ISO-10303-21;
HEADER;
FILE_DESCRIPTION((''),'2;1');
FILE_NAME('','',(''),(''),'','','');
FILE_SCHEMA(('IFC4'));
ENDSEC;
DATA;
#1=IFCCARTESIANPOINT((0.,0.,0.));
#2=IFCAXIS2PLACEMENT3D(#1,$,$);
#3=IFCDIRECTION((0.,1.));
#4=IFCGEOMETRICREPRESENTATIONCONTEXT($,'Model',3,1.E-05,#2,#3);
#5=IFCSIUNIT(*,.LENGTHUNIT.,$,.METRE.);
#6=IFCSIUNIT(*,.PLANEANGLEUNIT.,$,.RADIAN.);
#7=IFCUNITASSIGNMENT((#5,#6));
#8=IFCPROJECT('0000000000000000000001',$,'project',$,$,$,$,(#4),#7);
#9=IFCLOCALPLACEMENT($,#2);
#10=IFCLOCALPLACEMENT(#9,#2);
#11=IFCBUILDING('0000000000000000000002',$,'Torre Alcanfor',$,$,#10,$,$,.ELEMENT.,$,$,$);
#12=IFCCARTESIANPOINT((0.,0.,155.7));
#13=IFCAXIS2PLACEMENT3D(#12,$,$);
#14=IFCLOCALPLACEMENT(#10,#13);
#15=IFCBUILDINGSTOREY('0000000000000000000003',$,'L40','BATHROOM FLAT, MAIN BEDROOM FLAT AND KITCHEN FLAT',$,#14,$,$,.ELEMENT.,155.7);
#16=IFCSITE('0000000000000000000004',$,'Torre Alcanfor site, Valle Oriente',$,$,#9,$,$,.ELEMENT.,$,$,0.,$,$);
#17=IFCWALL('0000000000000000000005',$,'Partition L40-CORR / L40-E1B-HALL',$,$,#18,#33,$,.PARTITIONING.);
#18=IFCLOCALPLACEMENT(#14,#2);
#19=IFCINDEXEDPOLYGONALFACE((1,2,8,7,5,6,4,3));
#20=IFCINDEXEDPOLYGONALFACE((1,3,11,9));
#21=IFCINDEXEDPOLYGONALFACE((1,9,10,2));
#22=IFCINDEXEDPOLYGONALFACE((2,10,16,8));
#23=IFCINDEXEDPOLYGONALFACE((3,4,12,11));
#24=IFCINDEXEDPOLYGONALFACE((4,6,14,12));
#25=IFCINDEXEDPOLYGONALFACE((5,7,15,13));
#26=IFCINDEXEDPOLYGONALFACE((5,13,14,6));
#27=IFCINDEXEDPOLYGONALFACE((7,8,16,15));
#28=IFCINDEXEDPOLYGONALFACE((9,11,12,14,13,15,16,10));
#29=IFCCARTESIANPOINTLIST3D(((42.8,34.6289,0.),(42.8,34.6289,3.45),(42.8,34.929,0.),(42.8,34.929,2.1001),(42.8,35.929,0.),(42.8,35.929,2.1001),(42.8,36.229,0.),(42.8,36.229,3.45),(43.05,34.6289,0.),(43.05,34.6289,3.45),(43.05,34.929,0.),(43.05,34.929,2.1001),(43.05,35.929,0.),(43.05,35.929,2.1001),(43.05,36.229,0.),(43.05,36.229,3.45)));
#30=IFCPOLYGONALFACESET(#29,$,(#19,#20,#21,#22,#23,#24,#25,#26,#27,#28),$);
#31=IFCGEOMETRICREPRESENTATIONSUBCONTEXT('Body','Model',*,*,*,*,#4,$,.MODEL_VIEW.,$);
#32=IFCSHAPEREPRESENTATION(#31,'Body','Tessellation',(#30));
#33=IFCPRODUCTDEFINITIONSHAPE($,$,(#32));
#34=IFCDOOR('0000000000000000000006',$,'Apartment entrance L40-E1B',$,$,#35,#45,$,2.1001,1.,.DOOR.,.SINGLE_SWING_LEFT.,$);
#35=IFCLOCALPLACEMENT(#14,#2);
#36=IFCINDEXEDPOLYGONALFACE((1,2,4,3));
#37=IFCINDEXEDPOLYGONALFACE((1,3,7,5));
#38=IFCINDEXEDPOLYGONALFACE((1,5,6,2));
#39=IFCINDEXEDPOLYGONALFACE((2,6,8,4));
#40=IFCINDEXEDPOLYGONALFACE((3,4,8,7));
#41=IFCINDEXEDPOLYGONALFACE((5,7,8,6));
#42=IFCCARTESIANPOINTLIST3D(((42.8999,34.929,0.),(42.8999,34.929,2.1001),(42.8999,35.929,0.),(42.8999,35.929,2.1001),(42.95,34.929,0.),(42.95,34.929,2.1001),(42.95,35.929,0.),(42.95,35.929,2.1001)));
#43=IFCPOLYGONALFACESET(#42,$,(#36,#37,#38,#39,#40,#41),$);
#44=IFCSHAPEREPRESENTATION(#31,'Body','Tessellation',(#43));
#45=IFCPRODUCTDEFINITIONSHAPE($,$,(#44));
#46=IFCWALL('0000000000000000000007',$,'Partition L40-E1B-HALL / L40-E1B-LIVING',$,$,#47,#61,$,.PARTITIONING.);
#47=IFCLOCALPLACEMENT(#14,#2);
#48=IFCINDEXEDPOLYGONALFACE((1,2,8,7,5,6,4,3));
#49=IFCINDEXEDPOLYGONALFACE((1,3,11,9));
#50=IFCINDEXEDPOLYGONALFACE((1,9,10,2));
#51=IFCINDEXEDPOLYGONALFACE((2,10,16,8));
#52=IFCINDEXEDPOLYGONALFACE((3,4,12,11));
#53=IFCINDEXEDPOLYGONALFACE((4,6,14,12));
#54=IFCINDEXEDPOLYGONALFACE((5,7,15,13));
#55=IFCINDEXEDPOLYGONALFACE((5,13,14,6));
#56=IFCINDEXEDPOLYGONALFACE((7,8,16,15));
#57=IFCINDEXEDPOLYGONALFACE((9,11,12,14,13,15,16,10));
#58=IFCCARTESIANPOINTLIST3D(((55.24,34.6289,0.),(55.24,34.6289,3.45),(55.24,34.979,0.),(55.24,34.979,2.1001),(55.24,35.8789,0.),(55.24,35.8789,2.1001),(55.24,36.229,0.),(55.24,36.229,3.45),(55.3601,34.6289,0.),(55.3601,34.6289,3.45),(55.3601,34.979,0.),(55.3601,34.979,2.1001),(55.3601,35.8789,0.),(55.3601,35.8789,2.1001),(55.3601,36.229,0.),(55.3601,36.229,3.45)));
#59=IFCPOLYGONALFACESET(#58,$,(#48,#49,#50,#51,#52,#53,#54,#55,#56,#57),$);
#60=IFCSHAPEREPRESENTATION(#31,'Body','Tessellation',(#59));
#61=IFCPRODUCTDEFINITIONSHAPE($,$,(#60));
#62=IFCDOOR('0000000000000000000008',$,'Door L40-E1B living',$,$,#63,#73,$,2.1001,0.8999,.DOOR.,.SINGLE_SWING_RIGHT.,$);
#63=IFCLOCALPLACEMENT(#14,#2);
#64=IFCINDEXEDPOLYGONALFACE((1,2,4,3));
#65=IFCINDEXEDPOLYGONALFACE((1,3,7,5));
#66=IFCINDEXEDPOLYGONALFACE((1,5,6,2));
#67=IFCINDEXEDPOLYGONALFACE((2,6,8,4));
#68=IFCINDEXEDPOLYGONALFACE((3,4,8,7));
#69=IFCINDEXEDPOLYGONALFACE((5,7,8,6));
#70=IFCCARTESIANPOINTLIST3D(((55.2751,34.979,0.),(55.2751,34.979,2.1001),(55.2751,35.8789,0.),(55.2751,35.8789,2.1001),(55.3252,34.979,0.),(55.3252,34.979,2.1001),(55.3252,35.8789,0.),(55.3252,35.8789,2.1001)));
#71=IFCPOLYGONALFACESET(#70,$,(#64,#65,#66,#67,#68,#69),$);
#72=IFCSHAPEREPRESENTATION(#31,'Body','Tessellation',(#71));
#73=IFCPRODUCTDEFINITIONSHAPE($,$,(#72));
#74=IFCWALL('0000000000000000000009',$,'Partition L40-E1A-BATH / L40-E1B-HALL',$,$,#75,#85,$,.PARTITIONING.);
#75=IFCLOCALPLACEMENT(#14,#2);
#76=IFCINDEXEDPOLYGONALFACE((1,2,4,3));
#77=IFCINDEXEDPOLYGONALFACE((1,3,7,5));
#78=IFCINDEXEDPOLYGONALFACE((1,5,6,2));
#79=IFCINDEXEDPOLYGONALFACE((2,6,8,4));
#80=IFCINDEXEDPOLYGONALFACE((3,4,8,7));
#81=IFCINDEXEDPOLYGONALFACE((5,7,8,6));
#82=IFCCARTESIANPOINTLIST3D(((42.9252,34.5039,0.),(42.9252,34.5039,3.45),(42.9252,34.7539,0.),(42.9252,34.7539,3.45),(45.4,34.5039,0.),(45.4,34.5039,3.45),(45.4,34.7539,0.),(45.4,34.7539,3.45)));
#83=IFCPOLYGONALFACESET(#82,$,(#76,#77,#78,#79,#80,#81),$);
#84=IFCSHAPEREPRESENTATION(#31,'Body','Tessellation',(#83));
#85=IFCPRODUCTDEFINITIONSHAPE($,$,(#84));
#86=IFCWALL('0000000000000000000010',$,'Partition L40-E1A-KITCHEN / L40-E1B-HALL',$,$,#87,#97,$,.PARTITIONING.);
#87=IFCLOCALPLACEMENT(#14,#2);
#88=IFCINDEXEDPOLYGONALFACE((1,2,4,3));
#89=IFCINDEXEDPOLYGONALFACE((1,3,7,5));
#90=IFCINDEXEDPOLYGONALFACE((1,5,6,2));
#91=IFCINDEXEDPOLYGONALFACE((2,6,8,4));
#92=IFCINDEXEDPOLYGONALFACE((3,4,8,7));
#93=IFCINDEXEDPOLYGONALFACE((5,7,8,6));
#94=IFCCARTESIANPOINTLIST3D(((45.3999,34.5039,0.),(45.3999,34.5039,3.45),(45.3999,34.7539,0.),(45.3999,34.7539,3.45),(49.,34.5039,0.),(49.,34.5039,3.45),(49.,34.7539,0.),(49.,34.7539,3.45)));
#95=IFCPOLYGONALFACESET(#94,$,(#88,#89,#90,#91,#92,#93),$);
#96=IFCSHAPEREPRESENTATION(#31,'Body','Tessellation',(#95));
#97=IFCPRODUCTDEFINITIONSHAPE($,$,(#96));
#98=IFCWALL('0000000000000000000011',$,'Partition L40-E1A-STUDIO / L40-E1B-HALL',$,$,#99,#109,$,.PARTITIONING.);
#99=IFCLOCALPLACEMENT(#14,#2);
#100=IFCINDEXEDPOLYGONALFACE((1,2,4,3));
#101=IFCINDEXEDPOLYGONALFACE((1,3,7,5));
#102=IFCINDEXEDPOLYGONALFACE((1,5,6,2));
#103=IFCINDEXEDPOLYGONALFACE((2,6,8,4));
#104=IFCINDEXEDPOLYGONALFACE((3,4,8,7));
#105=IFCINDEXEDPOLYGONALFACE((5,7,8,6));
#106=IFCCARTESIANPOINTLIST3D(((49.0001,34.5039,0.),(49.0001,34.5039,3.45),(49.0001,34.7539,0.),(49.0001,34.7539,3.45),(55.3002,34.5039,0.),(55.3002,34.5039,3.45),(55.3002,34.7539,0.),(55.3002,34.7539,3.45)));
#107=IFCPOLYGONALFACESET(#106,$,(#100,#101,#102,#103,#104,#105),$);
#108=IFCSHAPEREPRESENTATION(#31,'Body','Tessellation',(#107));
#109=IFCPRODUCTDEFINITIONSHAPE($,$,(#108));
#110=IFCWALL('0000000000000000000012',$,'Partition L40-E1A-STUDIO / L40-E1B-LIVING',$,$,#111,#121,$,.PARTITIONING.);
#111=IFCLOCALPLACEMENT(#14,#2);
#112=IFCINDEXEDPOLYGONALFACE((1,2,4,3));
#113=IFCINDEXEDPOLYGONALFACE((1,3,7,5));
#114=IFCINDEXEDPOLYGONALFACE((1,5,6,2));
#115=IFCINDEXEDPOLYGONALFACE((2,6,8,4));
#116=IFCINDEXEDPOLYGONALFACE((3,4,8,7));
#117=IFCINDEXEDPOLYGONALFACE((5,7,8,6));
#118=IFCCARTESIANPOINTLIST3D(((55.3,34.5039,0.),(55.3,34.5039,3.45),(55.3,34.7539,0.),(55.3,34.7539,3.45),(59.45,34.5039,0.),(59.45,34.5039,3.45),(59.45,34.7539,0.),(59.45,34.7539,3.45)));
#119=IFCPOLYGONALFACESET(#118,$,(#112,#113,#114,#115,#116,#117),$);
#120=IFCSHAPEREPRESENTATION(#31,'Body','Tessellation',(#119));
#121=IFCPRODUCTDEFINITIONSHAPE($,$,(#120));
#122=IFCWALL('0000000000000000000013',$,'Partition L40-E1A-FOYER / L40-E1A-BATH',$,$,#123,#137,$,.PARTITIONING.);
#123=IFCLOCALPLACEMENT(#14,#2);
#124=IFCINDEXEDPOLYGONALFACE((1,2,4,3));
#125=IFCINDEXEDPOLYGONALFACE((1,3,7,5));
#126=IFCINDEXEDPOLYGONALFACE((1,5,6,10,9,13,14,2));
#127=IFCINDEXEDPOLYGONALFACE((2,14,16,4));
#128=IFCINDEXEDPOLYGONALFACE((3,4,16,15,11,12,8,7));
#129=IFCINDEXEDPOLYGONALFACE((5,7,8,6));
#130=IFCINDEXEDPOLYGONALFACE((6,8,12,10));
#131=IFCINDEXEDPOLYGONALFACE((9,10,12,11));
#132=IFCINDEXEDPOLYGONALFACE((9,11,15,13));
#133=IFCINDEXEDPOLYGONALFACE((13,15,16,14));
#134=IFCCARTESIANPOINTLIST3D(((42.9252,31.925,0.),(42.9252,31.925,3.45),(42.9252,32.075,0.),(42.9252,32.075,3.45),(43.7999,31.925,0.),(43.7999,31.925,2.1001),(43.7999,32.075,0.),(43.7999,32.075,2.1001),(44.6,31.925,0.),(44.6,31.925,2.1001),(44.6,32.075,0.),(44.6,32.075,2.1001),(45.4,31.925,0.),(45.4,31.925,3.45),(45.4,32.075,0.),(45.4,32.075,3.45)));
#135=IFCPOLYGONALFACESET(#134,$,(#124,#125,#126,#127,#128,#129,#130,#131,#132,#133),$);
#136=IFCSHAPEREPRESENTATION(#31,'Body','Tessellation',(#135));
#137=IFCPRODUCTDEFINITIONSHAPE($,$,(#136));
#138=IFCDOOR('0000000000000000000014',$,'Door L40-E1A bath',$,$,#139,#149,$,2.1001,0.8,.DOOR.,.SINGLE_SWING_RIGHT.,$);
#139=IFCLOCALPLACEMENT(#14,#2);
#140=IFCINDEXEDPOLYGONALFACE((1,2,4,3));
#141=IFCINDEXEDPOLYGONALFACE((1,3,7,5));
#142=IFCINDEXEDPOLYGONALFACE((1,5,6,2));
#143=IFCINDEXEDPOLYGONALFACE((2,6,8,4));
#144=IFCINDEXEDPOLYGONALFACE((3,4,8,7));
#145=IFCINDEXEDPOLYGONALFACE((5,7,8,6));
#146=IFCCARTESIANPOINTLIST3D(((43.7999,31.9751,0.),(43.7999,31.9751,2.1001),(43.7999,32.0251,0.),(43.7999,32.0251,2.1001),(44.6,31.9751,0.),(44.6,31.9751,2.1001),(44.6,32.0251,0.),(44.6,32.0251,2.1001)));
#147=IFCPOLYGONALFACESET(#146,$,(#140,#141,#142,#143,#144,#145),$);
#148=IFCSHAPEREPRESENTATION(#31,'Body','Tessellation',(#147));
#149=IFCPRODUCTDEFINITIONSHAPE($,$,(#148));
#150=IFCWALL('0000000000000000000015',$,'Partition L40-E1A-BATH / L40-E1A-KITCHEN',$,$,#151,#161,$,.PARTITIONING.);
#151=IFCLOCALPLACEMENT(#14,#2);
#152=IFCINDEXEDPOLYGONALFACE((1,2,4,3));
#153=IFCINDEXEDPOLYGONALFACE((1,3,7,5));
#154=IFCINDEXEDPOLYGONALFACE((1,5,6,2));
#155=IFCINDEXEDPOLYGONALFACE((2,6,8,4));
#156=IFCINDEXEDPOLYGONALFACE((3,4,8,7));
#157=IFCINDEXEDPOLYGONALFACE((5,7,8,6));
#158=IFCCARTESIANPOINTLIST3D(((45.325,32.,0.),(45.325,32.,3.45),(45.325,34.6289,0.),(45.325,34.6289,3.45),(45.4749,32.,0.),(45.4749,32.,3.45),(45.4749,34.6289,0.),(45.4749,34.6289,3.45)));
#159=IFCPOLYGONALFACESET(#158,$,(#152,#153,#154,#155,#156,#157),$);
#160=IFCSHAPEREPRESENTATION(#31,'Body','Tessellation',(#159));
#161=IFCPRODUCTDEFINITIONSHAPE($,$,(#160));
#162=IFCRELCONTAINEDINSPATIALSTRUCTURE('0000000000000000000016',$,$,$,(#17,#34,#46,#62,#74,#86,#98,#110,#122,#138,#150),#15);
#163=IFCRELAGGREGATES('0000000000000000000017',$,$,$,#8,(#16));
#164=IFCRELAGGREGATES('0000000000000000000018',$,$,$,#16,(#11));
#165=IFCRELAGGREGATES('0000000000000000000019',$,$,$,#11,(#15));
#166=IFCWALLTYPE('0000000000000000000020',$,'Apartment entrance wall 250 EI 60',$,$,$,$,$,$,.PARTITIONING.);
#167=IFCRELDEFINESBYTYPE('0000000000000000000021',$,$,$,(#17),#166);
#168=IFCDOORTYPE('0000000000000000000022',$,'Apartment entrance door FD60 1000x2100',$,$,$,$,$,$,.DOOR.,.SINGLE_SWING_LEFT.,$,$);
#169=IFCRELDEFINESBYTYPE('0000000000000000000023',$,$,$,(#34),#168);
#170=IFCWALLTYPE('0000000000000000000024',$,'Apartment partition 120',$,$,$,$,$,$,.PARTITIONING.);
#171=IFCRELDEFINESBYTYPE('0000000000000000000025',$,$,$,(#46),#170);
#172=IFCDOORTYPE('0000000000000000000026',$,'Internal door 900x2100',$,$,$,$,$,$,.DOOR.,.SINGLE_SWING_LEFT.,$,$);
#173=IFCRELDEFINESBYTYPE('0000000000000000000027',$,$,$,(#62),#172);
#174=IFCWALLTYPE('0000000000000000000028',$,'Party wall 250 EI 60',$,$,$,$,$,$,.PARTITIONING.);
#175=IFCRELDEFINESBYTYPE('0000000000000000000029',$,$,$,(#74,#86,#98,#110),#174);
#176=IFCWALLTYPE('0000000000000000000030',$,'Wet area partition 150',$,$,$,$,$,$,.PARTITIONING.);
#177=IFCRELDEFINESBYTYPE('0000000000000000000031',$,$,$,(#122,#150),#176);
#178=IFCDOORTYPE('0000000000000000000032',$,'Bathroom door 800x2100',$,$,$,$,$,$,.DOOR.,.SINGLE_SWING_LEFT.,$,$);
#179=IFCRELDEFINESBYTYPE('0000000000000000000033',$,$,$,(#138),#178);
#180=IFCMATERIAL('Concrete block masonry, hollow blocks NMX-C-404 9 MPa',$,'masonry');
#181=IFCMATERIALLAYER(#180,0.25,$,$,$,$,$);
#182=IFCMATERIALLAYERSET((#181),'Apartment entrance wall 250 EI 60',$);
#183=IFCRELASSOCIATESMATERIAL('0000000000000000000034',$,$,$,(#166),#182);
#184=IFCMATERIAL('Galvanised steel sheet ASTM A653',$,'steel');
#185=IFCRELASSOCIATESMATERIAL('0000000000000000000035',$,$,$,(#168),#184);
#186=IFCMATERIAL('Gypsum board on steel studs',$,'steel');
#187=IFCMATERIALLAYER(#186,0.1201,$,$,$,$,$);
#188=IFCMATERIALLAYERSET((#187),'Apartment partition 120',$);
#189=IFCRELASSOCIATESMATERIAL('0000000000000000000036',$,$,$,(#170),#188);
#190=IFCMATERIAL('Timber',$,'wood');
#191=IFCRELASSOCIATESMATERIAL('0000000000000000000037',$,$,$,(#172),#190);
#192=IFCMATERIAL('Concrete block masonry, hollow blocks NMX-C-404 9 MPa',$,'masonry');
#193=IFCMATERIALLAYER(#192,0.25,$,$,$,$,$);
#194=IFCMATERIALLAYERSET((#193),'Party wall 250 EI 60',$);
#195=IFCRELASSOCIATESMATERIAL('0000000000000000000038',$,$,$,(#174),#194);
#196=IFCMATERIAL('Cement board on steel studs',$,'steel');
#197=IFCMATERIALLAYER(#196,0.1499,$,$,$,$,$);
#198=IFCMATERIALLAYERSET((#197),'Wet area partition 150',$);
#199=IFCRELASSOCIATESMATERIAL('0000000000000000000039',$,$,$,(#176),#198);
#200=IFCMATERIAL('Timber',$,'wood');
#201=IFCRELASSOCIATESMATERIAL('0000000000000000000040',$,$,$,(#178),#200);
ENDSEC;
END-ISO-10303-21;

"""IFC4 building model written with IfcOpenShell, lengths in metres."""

from ifc_helpers import new_model, si_unit, direction, frame, frame_2d, origin, place, context, subcontext, project, spatial, rectangle, extrude, material, layer, layer_set, type_object, element, fill, save


model = new_model("IFC4")

# Units and contexts
model_context = context("Model", 3, precision=1e-05, world=origin(), true_north=direction((0.0, 1.0)))
body_context = subcontext(model_context, "Body", "Model", "MODEL_VIEW")
ifc_project = project(units=[si_unit("LENGTHUNIT", "METRE"), si_unit("PLANEANGLEUNIT", "RADIAN")], contexts=[model_context])

# Site, building, storey
site_placement = place(None, origin())
site = spatial("IfcSite", under=ifc_project, at=site_placement, Name="Torre Alcanfor site, Valle Oriente", CompositionType="ELEMENT", RefElevation=0.0)
building_placement = place(site_placement, origin())
building = spatial("IfcBuilding", under=site, at=building_placement, Name="Torre Alcanfor", CompositionType="ELEMENT")
storey_placement = place(building_placement, frame((0.0, 0.0, 155.7)))
storey = spatial("IfcBuildingStorey", under=building, at=storey_placement, Name="L40", Description="BATHROOM FLAT, MAIN BEDROOM FLAT AND KITCHEN FLAT", CompositionType="ELEMENT", Elevation=155.7)

# Shared definitions
ifc_material_1 = material(Name="Concrete block masonry, hollow blocks NMX-C-404 9 MPa", Category="masonry")
ifc_layer_1 = layer(ifc_material_1, 0.25)
ifc_layer_set_1 = layer_set([ifc_layer_1], Name="Apartment entrance wall 250 EI 60")
wall_type_1 = type_object("IfcWallType", Name="Apartment entrance wall 250 EI 60", PredefinedType="PARTITIONING", material=ifc_layer_set_1)
ifc_material_2 = material(Name="Galvanised steel sheet ASTM A653", Category="steel")
door_type_1 = type_object("IfcDoorType", Name="Apartment entrance door FD60 1000x2100", OperationType="SINGLE_SWING_LEFT", PredefinedType="DOOR", material=ifc_material_2)

# Walls, openings, doors
wall_1_placement = place(storey_placement, frame((42.925, 36.229, 0.0), z_axis=(0.0, 0.0, 1.0), x_axis=(0.0, -1.0, 0.0)))
wall_1 = element("IfcWall", 1, at=wall_1_placement, inside=storey, type_object=wall_type_1, Name="Partition L40-CORR / L40-E1B-HALL", PredefinedType="PARTITIONING", context=body_context, shape_type="SweptSolid", body=[
    extrude(rectangle(XDim=1.6001, YDim=0.25, at=frame_2d((0.8, 0.0))), origin(), (0.0, 0.0, 1.0), 3.45),
])
opening_1_placement = place(wall_1_placement, frame((0.3, 0.0, 0.0)))
opening_1 = element("IfcOpeningElement", 2, at=opening_1_placement, cuts=wall_1, PredefinedType="OPENING", context=body_context, shape_type="SweptSolid", body=[
    extrude(rectangle(XDim=1.0, YDim=2.1001, at=frame_2d((0.5, 1.05))), frame((0.0, 0.135, 0.0), z_axis=(0.0, -1.0, 0.0), x_axis=(1.0, 0.0, 0.0)), (0.0, 0.0, 1.0), 0.27),
])
door_1_placement = place(opening_1_placement, origin())
door_1 = element("IfcDoor", 3, at=door_1_placement, inside=storey, type_object=door_type_1, Name="Apartment entrance L40-E1B", OperationType="SINGLE_SWING_LEFT", OverallHeight=2.1001, OverallWidth=1.0, PredefinedType="DOOR", context=body_context, shape_type="SweptSolid", body=[
    extrude(rectangle(XDim=1.0, YDim=2.1001, at=frame_2d((0.5, 1.05))), frame((0.0, 0.0249, 0.0), z_axis=(0.0, -1.0, 0.0), x_axis=(1.0, 0.0, 0.0)), (0.0, 0.0, 1.0), 0.05),
])
fill(opening_1, door_1)
ifc_material_3 = material(Name="Gypsum board on steel studs", Category="steel")
ifc_layer_2 = layer(ifc_material_3, 0.1201)
ifc_layer_set_2 = layer_set([ifc_layer_2], Name="Apartment partition 120")
wall_type_2 = type_object("IfcWallType", Name="Apartment partition 120", PredefinedType="PARTITIONING", material=ifc_layer_set_2)
wall_2_placement = place(storey_placement, frame((55.3, 34.6289, 0.0), z_axis=(0.0, 0.0, 1.0), x_axis=(0.0, 1.0, 0.0)))
wall_2 = element("IfcWall", 4, at=wall_2_placement, inside=storey, type_object=wall_type_2, Name="Partition L40-E1B-HALL / L40-E1B-LIVING", PredefinedType="PARTITIONING", context=body_context, shape_type="SweptSolid", body=[
    extrude(rectangle(XDim=1.6001, YDim=0.1201, at=frame_2d((0.8, 0.0))), origin(), (0.0, 0.0, 1.0), 3.45),
])
opening_2_placement = place(wall_2_placement, frame((0.3501, 0.0, 0.0)))
opening_2 = element("IfcOpeningElement", 5, at=opening_2_placement, cuts=wall_2, PredefinedType="OPENING", context=body_context, shape_type="SweptSolid", body=[
    extrude(rectangle(XDim=0.8999, YDim=2.1001, at=frame_2d((0.45, 1.05))), frame((0.0, 0.0701, 0.0), z_axis=(0.0, -1.0, 0.0), x_axis=(1.0, 0.0, 0.0)), (0.0, 0.0, 1.0), 0.1401),
])
ifc_material_4 = material(Name="Timber", Category="wood")
door_type_2 = type_object("IfcDoorType", Name="Internal door 900x2100", OperationType="SINGLE_SWING_LEFT", PredefinedType="DOOR", material=ifc_material_4)
door_2_placement = place(opening_2_placement, frame((0.8999, 0.0, 0.0), z_axis=(0.0, 0.0, 1.0), x_axis=(-1.0, 0.0, 0.0)))
door_2 = element("IfcDoor", 6, at=door_2_placement, inside=storey, type_object=door_type_2, Name="Door L40-E1B living", OperationType="SINGLE_SWING_RIGHT", OverallHeight=2.1001, OverallWidth=0.8999, PredefinedType="DOOR", context=body_context, shape_type="SweptSolid", body=[
    extrude(rectangle(XDim=0.8999, YDim=2.1001, at=frame_2d((0.45, 1.05))), frame((0.0, 0.0251, 0.0), z_axis=(0.0, -1.0, 0.0), x_axis=(1.0, 0.0, 0.0)), (0.0, 0.0, 1.0), 0.05),
])
fill(opening_2, door_2)

# Walls
ifc_material_5 = material(Name="Concrete block masonry, hollow blocks NMX-C-404 9 MPa", Category="masonry")
ifc_layer_3 = layer(ifc_material_5, 0.25)
ifc_layer_set_3 = layer_set([ifc_layer_3], Name="Party wall 250 EI 60")
wall_type_3 = type_object("IfcWallType", Name="Party wall 250 EI 60", PredefinedType="PARTITIONING", material=ifc_layer_set_3)
wall_3_placement = place(storey_placement, frame((45.3999, 34.6289, 0.0), z_axis=(0.0, 0.0, 1.0), x_axis=(-1.0, 0.0, 0.0)))
element("IfcWall", 7, at=wall_3_placement, inside=storey, type_object=wall_type_3, Name="Partition L40-E1A-BATH / L40-E1B-HALL", PredefinedType="PARTITIONING", context=body_context, shape_type="SweptSolid", body=[
    extrude(rectangle(XDim=2.4749, YDim=0.25, at=frame_2d((1.2373, 0.0))), origin(), (0.0, 0.0, 1.0), 3.45),
])
wall_4_placement = place(storey_placement, frame((49.0, 34.6289, 0.0), z_axis=(0.0, 0.0, 1.0), x_axis=(-1.0, 0.0, 0.0)))
element("IfcWall", 8, at=wall_4_placement, inside=storey, type_object=wall_type_3, Name="Partition L40-E1A-KITCHEN / L40-E1B-HALL", PredefinedType="PARTITIONING", context=body_context, shape_type="SweptSolid", body=[
    extrude(rectangle(XDim=3.6001, YDim=0.25, at=frame_2d((1.8, 0.0))), origin(), (0.0, 0.0, 1.0), 3.45),
])
wall_5_placement = place(storey_placement, frame((55.3, 34.6289, 0.0), z_axis=(0.0, 0.0, 1.0), x_axis=(-1.0, 0.0, 0.0)))
element("IfcWall", 9, at=wall_5_placement, inside=storey, type_object=wall_type_3, Name="Partition L40-E1A-STUDIO / L40-E1B-HALL", PredefinedType="PARTITIONING", context=body_context, shape_type="SweptSolid", body=[
    extrude(rectangle(XDim=6.3, YDim=0.25, at=frame_2d((3.1499, 0.0))), origin(), (0.0, 0.0, 1.0), 3.45),
])
wall_6_placement = place(storey_placement, frame((59.45, 34.6289, 0.0), z_axis=(0.0, 0.0, 1.0), x_axis=(-1.0, 0.0, 0.0)))
element("IfcWall", 10, at=wall_6_placement, inside=storey, type_object=wall_type_3, Name="Partition L40-E1A-STUDIO / L40-E1B-LIVING", PredefinedType="PARTITIONING", context=body_context, shape_type="SweptSolid", body=[
    extrude(rectangle(XDim=4.1499, YDim=0.25, at=frame_2d((2.075, 0.0))), origin(), (0.0, 0.0, 1.0), 3.45),
])

# Wall, opening, door
ifc_material_6 = material(Name="Cement board on steel studs", Category="steel")
ifc_layer_4 = layer(ifc_material_6, 0.1499)
ifc_layer_set_4 = layer_set([ifc_layer_4], Name="Wet area partition 150")
wall_type_4 = type_object("IfcWallType", Name="Wet area partition 150", PredefinedType="PARTITIONING", material=ifc_layer_set_4)
wall_7_placement = place(storey_placement, frame((45.3999, 32.0, 0.0), z_axis=(0.0, 0.0, 1.0), x_axis=(-1.0, 0.0, 0.0)))
wall_7 = element("IfcWall", 11, at=wall_7_placement, inside=storey, type_object=wall_type_4, Name="Partition L40-E1A-FOYER / L40-E1A-BATH", PredefinedType="PARTITIONING", context=body_context, shape_type="SweptSolid", body=[
    extrude(rectangle(XDim=2.4749, YDim=0.1499, at=frame_2d((1.2373, 0.0))), origin(), (0.0, 0.0, 1.0), 3.45),
])
opening_3_placement = place(wall_7_placement, frame((0.8, 0.0, 0.0)))
opening_3 = element("IfcOpeningElement", 12, at=opening_3_placement, cuts=wall_7, PredefinedType="OPENING", context=body_context, shape_type="SweptSolid", body=[
    extrude(rectangle(XDim=0.8, YDim=2.1001, at=frame_2d((0.3999, 1.05))), frame((0.0, 0.085, 0.0), z_axis=(0.0, -1.0, 0.0), x_axis=(1.0, 0.0, 0.0)), (0.0, 0.0, 1.0), 0.1699),
])
ifc_material_7 = material(Name="Timber", Category="wood")
door_type_3 = type_object("IfcDoorType", Name="Bathroom door 800x2100", OperationType="SINGLE_SWING_LEFT", PredefinedType="DOOR", material=ifc_material_7)
door_3_placement = place(opening_3_placement, frame((0.8, 0.0, 0.0), z_axis=(0.0, 0.0, 1.0), x_axis=(-1.0, 0.0, 0.0)))
door_3 = element("IfcDoor", 13, at=door_3_placement, inside=storey, type_object=door_type_3, Name="Door L40-E1A bath", OperationType="SINGLE_SWING_RIGHT", OverallHeight=2.1001, OverallWidth=0.8, PredefinedType="DOOR", context=body_context, shape_type="SweptSolid", body=[
    extrude(rectangle(XDim=0.8, YDim=2.1001, at=frame_2d((0.4001, 1.05))), frame((0.0, 0.0251, 0.0), z_axis=(0.0, -1.0, 0.0), x_axis=(1.0, 0.0, 0.0)), (0.0, 0.0, 1.0), 0.05),
])
fill(opening_3, door_3)

# Wall
wall_8_placement = place(storey_placement, frame((45.3999, 32.0, 0.0), z_axis=(0.0, 0.0, 1.0), x_axis=(0.0, 1.0, 0.0)))
element("IfcWall", 14, at=wall_8_placement, inside=storey, type_object=wall_type_4, Name="Partition L40-E1A-BATH / L40-E1A-KITCHEN", PredefinedType="PARTITIONING", context=body_context, shape_type="SweptSolid", body=[
    extrude(rectangle(XDim=2.6289, YDim=0.1499, at=frame_2d((1.3145, 0.0))), origin(), (0.0, 0.0, 1.0), 3.45),
])

save(model, "model.ifc")
